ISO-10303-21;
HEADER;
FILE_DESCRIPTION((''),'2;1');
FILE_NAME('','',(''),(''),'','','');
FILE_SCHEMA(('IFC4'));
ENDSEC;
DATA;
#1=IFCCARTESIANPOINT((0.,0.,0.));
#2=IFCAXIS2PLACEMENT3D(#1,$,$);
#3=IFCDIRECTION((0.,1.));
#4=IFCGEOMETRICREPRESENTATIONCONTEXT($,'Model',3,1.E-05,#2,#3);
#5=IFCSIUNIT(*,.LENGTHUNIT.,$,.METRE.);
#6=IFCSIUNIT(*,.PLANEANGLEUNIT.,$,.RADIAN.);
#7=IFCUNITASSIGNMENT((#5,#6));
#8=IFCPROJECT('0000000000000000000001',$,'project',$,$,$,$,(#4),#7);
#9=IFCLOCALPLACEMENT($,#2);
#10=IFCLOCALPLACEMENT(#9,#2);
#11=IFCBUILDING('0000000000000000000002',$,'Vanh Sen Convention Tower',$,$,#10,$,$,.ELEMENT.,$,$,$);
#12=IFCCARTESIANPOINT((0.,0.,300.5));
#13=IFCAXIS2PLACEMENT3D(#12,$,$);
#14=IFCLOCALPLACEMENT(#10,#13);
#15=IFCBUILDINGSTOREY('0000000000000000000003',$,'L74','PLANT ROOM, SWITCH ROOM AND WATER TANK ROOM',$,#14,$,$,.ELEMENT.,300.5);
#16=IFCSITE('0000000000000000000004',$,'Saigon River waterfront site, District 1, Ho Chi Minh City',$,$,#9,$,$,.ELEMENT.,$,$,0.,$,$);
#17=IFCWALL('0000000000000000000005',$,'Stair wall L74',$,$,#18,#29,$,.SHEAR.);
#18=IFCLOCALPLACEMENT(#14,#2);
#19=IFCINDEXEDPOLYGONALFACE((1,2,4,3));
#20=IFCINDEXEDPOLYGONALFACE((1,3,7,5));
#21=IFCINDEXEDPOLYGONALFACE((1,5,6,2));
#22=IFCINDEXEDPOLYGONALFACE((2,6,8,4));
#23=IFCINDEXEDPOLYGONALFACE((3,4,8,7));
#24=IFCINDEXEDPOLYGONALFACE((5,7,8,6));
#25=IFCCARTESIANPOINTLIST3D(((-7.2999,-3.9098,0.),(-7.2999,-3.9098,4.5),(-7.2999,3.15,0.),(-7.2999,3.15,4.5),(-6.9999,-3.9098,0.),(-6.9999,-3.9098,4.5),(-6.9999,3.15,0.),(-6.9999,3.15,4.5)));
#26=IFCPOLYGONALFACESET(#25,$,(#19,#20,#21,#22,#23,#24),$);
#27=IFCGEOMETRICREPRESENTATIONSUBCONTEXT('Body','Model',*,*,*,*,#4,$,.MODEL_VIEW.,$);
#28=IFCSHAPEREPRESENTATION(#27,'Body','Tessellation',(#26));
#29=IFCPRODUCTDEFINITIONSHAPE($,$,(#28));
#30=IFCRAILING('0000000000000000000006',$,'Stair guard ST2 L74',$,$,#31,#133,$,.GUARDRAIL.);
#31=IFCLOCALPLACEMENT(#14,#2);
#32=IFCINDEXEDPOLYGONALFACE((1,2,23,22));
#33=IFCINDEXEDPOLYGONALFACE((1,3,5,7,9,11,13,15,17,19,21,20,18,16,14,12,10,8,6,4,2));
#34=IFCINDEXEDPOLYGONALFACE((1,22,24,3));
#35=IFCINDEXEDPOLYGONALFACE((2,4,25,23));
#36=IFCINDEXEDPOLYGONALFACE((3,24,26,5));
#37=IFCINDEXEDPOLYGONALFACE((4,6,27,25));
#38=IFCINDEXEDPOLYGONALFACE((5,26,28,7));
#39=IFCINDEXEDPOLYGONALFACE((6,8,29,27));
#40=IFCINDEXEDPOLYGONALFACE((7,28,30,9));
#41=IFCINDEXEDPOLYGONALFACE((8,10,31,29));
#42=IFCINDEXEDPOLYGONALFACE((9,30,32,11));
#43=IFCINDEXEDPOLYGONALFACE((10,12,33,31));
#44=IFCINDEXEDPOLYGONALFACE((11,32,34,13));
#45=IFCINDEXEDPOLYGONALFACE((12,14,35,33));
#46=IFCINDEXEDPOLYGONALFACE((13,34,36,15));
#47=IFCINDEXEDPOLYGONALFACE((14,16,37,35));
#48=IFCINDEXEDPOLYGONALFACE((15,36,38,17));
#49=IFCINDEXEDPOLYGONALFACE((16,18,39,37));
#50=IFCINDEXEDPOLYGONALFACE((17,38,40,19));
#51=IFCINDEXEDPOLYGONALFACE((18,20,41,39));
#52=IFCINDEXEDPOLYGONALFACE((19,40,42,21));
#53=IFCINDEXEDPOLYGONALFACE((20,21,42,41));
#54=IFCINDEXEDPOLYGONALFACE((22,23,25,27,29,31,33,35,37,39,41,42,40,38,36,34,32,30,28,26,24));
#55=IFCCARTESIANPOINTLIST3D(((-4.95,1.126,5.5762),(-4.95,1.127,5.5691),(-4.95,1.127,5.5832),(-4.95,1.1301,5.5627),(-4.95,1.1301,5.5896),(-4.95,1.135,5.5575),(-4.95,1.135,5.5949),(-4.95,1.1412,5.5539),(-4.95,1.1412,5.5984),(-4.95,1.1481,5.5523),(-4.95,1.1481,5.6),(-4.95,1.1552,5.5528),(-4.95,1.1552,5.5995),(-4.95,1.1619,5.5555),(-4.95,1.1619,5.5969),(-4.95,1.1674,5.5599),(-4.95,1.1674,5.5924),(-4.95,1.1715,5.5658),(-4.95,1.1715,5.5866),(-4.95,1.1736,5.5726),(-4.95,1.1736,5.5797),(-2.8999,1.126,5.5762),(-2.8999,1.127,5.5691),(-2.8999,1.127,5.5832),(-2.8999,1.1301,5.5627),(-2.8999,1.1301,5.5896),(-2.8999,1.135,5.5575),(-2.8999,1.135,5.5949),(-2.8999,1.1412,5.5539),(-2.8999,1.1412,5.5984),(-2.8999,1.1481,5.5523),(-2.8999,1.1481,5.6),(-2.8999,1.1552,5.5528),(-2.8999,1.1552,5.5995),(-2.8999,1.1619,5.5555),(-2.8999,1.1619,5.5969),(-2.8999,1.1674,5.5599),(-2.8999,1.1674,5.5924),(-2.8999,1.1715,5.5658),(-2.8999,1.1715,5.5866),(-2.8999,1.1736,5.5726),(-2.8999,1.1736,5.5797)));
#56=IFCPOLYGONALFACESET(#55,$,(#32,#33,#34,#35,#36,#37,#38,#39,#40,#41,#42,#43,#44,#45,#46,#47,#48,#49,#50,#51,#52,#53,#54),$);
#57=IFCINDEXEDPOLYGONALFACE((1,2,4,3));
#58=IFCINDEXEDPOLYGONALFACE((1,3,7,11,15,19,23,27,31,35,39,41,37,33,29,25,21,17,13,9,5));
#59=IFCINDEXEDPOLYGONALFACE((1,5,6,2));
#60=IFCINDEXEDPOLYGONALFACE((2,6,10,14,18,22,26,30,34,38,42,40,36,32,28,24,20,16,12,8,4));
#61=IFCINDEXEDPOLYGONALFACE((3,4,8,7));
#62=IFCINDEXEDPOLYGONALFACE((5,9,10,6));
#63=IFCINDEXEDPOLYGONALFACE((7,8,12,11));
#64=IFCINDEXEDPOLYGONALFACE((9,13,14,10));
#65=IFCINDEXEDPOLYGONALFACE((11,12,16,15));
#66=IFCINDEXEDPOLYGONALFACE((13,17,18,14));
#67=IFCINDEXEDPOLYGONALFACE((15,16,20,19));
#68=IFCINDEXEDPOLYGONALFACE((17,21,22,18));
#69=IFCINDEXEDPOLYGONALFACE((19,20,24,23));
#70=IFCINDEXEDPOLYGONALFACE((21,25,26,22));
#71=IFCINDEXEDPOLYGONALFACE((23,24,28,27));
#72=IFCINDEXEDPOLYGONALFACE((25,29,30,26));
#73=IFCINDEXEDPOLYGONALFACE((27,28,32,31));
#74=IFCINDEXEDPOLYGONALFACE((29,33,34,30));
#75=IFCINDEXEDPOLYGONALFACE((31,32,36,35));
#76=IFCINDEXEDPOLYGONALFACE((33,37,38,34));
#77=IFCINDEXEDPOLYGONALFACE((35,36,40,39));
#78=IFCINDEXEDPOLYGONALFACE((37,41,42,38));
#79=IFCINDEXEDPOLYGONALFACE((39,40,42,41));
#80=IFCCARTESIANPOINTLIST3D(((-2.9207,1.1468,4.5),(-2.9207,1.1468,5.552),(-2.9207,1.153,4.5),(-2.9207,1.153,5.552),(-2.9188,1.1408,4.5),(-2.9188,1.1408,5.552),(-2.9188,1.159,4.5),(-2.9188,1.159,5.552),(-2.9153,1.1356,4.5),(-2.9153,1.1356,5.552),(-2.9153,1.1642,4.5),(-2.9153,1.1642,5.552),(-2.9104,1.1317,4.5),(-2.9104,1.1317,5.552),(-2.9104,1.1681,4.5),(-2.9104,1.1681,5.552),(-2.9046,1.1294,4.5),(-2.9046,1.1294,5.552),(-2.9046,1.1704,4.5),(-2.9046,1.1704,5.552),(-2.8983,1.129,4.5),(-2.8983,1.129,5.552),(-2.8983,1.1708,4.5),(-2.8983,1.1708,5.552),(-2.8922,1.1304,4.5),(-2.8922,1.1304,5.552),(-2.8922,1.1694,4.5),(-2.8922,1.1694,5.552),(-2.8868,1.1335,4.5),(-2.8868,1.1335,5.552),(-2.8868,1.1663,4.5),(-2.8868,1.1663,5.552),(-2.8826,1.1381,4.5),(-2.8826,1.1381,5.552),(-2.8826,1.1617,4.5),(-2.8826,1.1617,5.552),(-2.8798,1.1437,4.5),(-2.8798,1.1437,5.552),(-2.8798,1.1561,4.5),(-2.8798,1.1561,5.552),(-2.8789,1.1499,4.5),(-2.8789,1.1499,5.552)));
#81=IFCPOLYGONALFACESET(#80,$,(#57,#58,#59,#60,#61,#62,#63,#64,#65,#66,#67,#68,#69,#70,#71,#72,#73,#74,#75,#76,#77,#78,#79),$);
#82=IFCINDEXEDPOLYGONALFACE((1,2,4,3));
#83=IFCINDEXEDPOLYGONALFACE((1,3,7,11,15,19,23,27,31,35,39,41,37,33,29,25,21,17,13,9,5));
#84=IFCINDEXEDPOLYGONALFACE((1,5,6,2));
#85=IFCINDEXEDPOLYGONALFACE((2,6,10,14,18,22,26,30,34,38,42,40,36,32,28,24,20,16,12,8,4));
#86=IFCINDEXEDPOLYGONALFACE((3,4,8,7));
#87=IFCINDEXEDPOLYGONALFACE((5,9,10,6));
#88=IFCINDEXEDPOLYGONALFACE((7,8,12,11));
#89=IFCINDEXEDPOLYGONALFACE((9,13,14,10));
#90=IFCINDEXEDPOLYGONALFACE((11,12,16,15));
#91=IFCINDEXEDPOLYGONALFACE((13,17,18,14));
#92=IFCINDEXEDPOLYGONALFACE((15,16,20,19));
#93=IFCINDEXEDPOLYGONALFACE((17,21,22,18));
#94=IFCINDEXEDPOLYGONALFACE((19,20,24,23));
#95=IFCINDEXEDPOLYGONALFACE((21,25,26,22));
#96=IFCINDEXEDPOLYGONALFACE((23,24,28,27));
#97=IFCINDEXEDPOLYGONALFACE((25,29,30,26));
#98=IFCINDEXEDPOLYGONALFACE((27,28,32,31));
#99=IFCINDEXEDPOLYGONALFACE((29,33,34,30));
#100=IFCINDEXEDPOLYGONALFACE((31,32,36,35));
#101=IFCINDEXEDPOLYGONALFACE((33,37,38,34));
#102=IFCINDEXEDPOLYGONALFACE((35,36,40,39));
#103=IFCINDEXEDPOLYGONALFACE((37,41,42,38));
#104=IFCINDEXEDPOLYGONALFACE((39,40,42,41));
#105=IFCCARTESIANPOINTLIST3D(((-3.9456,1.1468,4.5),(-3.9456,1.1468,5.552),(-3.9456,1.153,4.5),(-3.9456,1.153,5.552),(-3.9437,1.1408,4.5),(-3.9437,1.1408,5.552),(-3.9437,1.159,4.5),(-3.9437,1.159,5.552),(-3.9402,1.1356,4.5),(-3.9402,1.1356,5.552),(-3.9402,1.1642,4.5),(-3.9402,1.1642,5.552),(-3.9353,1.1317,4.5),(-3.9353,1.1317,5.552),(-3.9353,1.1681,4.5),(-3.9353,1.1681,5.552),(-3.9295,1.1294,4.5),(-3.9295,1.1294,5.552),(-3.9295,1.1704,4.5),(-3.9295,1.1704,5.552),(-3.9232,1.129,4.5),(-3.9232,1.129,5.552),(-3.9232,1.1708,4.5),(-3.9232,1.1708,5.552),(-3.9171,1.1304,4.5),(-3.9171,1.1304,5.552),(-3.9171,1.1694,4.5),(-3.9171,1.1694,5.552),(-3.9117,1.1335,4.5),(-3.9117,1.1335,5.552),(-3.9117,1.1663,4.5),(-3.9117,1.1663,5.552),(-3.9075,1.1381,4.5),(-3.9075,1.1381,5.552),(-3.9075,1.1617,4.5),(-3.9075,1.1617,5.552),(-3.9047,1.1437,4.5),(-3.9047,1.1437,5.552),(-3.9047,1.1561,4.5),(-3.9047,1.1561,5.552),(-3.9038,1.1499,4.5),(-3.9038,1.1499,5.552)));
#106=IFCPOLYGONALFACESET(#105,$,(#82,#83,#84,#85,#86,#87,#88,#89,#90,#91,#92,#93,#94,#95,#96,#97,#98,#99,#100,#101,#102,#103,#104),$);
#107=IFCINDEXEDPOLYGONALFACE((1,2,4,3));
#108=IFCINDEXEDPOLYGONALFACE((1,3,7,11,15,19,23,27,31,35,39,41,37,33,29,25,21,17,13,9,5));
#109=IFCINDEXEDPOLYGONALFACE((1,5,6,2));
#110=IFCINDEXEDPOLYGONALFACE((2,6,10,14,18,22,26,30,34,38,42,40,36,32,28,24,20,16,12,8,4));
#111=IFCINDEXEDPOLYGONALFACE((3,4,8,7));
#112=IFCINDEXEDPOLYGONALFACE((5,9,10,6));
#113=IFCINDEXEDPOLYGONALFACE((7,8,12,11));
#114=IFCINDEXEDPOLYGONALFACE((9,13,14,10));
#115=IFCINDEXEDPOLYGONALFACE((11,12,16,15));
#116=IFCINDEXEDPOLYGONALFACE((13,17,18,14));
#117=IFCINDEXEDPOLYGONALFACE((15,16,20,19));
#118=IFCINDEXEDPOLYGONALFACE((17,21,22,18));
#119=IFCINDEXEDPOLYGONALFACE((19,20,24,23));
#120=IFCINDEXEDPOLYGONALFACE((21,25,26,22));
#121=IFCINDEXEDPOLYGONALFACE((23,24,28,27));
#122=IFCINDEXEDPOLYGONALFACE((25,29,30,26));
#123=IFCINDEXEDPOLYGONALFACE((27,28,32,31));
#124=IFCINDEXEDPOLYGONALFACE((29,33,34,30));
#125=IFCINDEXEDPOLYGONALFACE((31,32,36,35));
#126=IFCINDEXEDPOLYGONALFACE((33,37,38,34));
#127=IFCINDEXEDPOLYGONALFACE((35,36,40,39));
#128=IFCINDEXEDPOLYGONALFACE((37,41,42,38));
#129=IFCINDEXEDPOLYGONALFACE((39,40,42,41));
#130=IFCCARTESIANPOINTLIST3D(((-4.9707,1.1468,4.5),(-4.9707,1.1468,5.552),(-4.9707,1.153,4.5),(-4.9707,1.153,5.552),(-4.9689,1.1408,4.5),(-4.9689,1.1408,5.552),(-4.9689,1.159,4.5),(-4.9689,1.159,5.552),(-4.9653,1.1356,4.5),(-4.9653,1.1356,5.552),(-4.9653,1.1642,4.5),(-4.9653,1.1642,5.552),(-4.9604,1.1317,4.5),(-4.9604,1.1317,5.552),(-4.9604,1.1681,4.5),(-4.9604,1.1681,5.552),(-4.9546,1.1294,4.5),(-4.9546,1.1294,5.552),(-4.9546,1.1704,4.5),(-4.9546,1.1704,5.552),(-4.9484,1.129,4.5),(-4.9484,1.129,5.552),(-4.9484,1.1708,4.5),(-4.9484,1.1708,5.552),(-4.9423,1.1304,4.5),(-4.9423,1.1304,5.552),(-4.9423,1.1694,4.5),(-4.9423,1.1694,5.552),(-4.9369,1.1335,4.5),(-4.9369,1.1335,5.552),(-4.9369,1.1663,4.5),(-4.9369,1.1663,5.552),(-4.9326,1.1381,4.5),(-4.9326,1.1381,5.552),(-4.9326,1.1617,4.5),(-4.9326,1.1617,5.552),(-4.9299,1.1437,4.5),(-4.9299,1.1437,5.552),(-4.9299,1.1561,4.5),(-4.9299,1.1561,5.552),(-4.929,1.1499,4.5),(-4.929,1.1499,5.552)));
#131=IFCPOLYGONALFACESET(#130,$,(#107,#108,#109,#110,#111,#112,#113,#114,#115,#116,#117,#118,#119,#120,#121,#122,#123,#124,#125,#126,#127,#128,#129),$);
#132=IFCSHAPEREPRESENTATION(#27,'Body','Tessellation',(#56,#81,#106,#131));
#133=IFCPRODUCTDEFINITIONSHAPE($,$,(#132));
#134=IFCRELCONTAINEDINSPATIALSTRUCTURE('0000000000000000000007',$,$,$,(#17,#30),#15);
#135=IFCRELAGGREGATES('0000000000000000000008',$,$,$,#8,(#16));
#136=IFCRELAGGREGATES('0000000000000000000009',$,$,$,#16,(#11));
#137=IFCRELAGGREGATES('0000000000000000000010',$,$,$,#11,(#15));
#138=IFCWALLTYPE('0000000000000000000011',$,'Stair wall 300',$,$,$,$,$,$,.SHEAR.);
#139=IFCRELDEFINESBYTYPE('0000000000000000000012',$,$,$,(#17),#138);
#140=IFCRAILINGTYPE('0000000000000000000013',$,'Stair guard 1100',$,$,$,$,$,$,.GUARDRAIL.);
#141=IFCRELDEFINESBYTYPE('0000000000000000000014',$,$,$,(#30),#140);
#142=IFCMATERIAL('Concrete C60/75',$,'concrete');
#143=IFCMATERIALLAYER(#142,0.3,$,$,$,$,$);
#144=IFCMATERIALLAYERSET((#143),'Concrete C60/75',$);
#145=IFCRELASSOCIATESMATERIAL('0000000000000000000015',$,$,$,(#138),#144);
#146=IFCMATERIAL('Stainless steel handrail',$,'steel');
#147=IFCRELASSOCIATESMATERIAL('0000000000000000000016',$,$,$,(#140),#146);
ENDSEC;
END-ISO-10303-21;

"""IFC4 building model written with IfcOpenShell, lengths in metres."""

from ifc_helpers import new_model, si_unit, direction, frame, frame_2d, origin, origin_2d, place, context, subcontext, project, spatial, rectangle, circle, extrude, material, layer, layer_set, type_object, element, save


model = new_model("IFC4")

# Units and contexts
model_context = context("Model", 3, precision=1e-05, world=origin(), true_north=direction((0.0, 1.0)))
body_context = subcontext(model_context, "Body", "Model", "MODEL_VIEW")
ifc_project = project(units=[si_unit("LENGTHUNIT", "METRE"), si_unit("PLANEANGLEUNIT", "RADIAN")], contexts=[model_context])

# Site, building, storey
site_placement = place(None, origin())
site = spatial("IfcSite", under=ifc_project, at=site_placement, Name="Saigon River waterfront site, District 1, Ho Chi Minh City", CompositionType="ELEMENT", RefElevation=0.0)
building_placement = place(site_placement, origin())
building = spatial("IfcBuilding", under=site, at=building_placement, Name="Vanh Sen Convention Tower", CompositionType="ELEMENT")
storey_placement = place(building_placement, frame((0.0, 0.0, 300.5)))
storey = spatial("IfcBuildingStorey", under=building, at=storey_placement, Name="L74", Description="PLANT ROOM, SWITCH ROOM AND WATER TANK ROOM", CompositionType="ELEMENT", Elevation=300.5)

# Shared definitions
ifc_material_1 = material(Name="Concrete C60/75", Category="concrete")

# Shared definitions
ifc_layer_1 = layer(ifc_material_1, 0.3)
ifc_layer_set_1 = layer_set([ifc_layer_1], Name="Concrete C60/75")
wall_type_1 = type_object("IfcWallType", Name="Stair wall 300", PredefinedType="SHEAR", material=ifc_layer_set_1)

# Wall
for number, where, z_axis, x_axis, name in (
    (1, (-7.1499, 3.1499, 0.0), (0.0, 0.0, 1.0), (0.0, -1.0, 0.0), "Stair wall L74"),
):
    element("IfcWall", number, at=place(storey_placement, frame(where, z_axis=z_axis, x_axis=x_axis)), inside=storey, type_object=wall_type_1, Name=name, PredefinedType="SHEAR", context=body_context, shape_type="SweptSolid", body=[
        extrude(rectangle(XDim=7.0598, YDim=0.3, at=frame_2d((3.5298, 0.0))), origin(), (0.0, 0.0, 1.0), 4.5),
    ])

# Railing
ifc_material_2 = material(Name="Stainless steel handrail", Category="steel")
railing_type_1 = type_object("IfcRailingType", Name="Stair guard 1100", PredefinedType="GUARDRAIL", material=ifc_material_2)
railing_1_placement = place(storey_placement, frame((-2.8999, 1.1499, 4.5)))
element("IfcRailing", 2, at=railing_1_placement, inside=storey, type_object=railing_type_1, Name="Stair guard ST2 L74", PredefinedType="GUARDRAIL", context=body_context, shape_type="SweptSolid", body=[
    extrude(circle(Radius=0.0239, at=origin_2d()), frame((0.0, 0.0, 1.0762), z_axis=(-1.0, 0.0, 0.0), x_axis=(0.0, -1.0, 0.0)), (0.0, 0.0, 1.0), 2.05),
    extrude(circle(Radius=0.021, at=origin_2d()), origin(), (0.0, 0.0, 1.0), 1.052),
    extrude(circle(Radius=0.021, at=origin_2d()), frame((-1.0249, 0.0, 0.0)), (0.0, 0.0, 1.0), 1.052),
    extrude(circle(Radius=0.021, at=origin_2d()), frame((-2.05, 0.0, 0.0)), (0.0, 0.0, 1.0), 1.052),
])

save(model, "model.ifc")
